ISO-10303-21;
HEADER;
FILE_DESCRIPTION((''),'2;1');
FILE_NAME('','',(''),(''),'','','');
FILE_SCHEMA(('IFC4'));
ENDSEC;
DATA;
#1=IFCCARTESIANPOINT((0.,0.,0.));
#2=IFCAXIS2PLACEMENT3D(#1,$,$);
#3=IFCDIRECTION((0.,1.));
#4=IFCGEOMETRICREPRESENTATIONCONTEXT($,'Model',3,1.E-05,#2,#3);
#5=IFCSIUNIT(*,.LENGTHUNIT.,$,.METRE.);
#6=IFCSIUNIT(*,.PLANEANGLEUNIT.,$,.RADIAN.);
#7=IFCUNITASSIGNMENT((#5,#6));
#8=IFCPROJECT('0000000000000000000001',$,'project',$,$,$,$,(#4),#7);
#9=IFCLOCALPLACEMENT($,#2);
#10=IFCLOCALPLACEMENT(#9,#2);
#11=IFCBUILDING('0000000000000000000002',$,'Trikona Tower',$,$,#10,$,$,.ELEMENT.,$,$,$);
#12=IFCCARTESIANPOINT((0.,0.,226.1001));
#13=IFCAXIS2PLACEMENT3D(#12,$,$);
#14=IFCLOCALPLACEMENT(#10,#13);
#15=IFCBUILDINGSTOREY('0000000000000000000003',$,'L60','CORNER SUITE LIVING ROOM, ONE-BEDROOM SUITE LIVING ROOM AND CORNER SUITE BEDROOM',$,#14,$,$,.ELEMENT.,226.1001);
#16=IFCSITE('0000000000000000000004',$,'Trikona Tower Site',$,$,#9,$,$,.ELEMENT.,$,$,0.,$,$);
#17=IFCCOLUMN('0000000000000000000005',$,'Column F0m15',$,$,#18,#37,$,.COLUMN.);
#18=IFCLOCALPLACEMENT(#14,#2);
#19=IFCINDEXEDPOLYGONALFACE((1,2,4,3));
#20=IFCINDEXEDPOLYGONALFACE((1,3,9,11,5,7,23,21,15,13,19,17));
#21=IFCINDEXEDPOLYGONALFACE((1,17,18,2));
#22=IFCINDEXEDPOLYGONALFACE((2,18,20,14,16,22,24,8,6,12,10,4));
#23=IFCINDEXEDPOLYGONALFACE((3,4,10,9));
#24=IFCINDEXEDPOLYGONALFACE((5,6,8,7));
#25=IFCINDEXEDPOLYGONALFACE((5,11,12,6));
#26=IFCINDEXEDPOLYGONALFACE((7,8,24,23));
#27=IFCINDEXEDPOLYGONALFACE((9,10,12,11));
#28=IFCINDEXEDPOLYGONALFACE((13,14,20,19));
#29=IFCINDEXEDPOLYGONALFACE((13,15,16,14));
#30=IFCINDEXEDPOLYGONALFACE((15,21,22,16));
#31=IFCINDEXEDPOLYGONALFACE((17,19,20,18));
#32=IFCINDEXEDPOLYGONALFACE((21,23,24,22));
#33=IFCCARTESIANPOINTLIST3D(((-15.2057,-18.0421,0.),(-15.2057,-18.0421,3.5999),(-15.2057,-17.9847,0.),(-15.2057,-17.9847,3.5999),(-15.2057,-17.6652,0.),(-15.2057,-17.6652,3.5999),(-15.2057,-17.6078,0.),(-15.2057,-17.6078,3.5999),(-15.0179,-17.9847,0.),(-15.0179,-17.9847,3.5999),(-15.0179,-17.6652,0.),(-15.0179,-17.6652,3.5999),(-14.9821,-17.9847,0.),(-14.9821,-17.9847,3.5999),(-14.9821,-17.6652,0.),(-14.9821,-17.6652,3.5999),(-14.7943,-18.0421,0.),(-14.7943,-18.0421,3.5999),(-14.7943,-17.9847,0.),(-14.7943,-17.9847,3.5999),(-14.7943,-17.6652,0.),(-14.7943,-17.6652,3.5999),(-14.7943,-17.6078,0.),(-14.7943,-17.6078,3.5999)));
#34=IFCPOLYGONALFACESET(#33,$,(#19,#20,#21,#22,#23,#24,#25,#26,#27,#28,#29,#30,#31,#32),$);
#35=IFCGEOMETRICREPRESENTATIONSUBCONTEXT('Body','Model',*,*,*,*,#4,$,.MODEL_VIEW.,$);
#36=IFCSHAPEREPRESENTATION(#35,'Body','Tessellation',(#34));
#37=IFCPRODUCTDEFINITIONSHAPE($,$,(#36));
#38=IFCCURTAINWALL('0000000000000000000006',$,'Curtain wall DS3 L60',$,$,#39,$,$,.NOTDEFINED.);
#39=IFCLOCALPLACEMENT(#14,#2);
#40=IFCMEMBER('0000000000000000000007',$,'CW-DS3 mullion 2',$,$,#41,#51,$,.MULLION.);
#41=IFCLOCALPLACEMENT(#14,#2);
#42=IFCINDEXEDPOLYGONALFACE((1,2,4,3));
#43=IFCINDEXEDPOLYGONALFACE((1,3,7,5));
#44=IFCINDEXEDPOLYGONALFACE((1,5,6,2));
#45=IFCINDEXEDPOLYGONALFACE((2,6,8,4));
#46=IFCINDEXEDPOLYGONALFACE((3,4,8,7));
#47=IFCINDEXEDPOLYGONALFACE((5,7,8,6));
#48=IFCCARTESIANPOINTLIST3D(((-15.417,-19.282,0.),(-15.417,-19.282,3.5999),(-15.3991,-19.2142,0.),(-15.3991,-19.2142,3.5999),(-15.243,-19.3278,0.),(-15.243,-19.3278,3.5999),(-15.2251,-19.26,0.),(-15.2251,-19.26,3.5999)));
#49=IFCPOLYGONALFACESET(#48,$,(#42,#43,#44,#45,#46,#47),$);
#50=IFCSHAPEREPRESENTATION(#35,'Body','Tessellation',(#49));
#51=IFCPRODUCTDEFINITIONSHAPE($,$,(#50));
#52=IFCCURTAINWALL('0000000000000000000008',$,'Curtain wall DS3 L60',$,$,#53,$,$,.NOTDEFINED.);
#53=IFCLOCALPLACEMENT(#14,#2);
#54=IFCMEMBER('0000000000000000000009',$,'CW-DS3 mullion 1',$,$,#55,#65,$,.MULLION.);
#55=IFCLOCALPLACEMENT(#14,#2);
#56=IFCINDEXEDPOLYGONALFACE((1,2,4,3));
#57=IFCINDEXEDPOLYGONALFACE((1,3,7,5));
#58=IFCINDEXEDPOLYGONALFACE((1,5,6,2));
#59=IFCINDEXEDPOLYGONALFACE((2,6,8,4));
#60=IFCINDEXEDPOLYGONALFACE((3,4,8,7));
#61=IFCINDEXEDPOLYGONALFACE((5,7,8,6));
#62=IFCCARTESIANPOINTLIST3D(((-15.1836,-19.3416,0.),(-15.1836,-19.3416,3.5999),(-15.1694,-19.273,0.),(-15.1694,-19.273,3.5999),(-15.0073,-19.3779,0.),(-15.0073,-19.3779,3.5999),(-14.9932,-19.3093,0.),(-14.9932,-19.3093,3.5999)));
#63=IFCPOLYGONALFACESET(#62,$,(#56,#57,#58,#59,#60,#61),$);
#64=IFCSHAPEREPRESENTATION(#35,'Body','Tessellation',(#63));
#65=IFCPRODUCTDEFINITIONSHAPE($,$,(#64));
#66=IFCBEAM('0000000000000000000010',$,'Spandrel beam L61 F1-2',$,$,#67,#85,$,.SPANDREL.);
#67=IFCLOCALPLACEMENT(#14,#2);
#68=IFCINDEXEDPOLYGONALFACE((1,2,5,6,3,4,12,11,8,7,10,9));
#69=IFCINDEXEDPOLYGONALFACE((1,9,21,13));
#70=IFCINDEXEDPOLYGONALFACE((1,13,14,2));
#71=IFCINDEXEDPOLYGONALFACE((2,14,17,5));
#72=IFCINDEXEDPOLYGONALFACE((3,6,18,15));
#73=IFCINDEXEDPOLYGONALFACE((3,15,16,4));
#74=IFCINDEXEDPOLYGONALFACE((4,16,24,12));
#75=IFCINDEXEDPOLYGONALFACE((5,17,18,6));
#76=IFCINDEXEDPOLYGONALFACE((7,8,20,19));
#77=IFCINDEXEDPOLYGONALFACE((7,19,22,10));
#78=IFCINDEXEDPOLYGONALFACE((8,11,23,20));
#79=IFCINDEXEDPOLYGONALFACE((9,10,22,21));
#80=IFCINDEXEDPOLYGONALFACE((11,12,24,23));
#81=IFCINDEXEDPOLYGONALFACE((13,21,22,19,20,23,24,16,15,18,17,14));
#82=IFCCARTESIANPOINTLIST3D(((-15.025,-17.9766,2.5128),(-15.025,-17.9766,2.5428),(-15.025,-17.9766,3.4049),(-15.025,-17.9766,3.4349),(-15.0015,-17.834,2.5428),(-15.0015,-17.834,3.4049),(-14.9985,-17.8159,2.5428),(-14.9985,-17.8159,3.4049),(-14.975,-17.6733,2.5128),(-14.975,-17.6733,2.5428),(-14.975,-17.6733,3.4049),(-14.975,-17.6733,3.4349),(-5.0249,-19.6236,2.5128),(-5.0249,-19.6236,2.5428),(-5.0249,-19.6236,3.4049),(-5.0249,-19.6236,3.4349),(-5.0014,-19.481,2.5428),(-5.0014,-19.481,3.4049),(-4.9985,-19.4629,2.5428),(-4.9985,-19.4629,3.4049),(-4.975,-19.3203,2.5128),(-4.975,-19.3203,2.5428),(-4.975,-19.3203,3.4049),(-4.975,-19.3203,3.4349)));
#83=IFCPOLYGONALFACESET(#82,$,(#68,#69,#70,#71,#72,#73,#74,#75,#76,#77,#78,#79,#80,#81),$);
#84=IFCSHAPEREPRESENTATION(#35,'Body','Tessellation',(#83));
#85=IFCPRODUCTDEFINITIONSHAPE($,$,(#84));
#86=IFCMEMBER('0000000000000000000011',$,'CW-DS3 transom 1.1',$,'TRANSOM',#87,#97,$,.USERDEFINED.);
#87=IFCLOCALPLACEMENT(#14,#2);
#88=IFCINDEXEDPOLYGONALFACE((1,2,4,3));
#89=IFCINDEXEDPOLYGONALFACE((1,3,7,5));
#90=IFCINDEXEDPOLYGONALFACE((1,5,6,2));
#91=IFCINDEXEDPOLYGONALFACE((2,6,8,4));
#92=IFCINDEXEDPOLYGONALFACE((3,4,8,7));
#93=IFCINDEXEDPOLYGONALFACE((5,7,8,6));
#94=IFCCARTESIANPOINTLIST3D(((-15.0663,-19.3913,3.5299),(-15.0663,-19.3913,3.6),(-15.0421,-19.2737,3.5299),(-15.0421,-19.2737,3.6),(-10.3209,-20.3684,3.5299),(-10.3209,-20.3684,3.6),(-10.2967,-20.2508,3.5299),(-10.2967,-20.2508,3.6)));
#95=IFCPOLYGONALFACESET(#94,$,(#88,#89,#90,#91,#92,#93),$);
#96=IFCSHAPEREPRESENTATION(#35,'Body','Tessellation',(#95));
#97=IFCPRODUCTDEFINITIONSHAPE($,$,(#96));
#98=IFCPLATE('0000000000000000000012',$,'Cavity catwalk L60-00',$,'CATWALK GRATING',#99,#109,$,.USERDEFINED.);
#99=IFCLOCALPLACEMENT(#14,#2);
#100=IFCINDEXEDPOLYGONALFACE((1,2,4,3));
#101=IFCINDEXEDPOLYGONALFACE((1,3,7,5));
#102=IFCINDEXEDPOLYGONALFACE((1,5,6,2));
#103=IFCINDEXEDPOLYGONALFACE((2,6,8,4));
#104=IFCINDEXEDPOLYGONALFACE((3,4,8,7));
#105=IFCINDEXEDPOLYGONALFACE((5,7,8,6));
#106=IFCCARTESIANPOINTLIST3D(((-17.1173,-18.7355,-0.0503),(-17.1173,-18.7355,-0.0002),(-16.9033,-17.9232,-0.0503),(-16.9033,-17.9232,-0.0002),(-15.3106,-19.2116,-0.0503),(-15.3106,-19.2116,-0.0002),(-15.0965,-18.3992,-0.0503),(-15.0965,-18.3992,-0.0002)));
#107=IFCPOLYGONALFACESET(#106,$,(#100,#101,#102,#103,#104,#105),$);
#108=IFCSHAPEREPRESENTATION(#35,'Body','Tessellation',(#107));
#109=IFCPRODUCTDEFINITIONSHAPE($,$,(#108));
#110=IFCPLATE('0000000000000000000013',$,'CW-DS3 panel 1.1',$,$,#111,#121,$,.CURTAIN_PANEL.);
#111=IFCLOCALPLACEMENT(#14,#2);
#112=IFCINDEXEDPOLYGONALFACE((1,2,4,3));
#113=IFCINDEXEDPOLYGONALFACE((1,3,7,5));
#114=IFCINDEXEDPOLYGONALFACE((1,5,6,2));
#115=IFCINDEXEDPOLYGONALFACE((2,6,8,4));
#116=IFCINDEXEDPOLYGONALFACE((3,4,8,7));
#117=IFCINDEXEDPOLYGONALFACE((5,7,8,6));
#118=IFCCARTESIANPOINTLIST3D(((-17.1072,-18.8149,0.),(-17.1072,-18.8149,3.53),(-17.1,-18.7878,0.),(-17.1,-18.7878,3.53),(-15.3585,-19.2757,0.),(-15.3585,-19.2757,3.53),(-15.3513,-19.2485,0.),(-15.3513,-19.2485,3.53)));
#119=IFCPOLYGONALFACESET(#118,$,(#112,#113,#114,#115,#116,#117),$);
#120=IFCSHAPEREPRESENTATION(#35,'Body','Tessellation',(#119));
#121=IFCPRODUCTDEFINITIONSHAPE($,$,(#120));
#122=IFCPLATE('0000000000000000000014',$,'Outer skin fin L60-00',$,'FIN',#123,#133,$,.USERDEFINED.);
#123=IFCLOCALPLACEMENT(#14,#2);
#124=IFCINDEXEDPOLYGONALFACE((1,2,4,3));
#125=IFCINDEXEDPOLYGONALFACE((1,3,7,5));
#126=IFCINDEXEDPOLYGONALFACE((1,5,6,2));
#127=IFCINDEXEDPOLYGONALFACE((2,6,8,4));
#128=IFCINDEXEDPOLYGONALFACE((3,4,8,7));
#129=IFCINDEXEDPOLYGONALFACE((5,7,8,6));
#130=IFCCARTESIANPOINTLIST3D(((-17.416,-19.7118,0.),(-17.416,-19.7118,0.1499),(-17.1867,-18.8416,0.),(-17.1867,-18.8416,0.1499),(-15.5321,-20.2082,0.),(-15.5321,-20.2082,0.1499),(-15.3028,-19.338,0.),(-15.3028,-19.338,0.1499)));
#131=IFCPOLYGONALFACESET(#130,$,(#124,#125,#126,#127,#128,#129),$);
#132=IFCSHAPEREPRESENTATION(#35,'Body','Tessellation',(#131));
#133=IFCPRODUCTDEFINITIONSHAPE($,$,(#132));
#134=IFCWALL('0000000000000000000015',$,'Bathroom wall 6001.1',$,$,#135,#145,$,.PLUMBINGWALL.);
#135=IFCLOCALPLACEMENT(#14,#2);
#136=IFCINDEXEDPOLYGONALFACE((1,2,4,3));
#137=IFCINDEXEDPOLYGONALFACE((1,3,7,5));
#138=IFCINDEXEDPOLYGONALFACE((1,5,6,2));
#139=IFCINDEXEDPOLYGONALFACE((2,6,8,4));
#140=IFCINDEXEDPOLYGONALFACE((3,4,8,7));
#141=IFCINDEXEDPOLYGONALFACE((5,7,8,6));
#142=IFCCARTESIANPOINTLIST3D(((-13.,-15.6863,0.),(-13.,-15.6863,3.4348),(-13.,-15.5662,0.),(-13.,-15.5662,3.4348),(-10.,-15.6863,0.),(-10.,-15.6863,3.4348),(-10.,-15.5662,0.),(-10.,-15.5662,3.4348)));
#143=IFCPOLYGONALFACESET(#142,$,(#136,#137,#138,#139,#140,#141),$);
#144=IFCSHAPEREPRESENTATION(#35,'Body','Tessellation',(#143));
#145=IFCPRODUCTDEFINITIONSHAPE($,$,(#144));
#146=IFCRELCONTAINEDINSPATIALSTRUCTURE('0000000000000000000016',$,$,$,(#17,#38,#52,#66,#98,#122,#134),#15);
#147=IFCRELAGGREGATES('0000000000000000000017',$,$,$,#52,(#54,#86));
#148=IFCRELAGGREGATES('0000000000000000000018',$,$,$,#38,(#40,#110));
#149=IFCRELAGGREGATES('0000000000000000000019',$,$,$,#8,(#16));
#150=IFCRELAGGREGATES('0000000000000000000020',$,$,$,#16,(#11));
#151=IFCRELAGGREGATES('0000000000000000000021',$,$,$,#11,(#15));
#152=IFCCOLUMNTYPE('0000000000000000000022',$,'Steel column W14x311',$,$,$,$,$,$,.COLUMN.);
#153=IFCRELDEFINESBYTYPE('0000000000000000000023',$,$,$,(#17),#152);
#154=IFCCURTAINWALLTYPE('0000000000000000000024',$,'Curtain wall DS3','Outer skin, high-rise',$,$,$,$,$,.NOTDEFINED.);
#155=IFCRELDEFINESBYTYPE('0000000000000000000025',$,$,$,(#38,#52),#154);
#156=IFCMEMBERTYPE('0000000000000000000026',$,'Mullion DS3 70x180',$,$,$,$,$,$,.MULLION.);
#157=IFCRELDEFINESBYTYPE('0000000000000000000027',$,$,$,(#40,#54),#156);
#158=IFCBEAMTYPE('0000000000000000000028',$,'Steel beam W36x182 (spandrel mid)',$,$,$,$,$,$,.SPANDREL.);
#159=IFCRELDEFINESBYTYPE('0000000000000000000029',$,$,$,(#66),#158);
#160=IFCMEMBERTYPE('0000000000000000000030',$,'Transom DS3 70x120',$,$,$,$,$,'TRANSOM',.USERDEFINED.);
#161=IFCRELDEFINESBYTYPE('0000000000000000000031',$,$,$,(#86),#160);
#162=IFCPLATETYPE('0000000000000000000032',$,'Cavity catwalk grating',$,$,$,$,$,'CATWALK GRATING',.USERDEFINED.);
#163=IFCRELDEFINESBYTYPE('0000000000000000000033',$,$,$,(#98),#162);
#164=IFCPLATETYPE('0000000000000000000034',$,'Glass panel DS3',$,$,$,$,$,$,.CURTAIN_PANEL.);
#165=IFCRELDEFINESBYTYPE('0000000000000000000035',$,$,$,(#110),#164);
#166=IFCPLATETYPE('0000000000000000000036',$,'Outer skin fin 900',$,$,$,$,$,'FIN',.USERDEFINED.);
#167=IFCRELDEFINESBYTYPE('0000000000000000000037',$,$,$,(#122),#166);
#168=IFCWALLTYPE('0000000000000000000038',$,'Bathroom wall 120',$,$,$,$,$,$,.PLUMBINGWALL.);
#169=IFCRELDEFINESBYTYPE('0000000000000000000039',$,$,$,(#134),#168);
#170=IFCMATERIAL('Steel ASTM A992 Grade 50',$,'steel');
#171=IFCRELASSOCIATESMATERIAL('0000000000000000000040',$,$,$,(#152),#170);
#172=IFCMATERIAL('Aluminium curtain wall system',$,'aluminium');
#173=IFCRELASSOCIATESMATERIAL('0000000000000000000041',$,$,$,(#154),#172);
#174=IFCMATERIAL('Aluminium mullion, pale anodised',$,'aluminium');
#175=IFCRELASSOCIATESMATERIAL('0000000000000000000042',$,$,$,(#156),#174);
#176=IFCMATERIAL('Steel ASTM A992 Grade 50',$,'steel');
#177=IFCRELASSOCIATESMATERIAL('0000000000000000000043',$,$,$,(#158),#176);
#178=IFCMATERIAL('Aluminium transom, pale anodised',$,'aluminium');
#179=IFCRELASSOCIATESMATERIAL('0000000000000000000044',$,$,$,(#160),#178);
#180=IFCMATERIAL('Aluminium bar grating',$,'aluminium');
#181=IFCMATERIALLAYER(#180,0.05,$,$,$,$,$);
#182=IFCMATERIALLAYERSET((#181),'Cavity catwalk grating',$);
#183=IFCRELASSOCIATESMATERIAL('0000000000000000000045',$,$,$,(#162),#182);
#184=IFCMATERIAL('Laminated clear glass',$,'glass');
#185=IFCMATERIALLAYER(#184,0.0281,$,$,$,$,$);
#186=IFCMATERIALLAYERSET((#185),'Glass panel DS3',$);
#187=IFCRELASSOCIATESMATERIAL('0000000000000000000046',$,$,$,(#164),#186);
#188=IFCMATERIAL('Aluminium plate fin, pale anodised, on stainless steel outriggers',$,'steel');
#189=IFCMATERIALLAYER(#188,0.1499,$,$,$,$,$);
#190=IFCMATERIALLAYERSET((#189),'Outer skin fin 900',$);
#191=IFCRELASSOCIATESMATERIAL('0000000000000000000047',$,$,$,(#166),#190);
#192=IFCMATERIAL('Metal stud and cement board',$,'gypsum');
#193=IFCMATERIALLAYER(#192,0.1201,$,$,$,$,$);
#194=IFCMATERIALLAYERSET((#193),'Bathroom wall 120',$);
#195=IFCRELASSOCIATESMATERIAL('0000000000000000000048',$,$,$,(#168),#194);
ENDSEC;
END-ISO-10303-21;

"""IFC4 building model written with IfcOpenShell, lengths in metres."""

from ifc_helpers import new_model, si_unit, direction, frame, frame_2d, origin, origin_2d, place, context, subcontext, project, spatial, rectangle, i_section, extrude, material, layer, layer_set, material_profile, profile_set, type_object, element, aggregate, save


model = new_model("IFC4")

# Units and contexts
model_context = context("Model", 3, precision=1e-05, world=origin(), true_north=direction((0.0, 1.0)))
body_context = subcontext(model_context, "Body", "Model", "MODEL_VIEW")
ifc_project = project(units=[si_unit("LENGTHUNIT", "METRE"), si_unit("PLANEANGLEUNIT", "RADIAN")], contexts=[model_context])

# Site, building, storey
site_placement = place(None, origin())
site = spatial("IfcSite", under=ifc_project, at=site_placement, Name="Trikona Tower Site", CompositionType="ELEMENT", RefElevation=0.0)
building_placement = place(site_placement, origin())
building = spatial("IfcBuilding", under=site, at=building_placement, Name="Trikona Tower", CompositionType="ELEMENT")
storey_placement = place(building_placement, frame((0.0, 0.0, 226.1001)))
storey = spatial("IfcBuildingStorey", under=building, at=storey_placement, Name="L60", Description="CORNER SUITE LIVING ROOM, ONE-BEDROOM SUITE LIVING ROOM AND CORNER SUITE BEDROOM", CompositionType="ELEMENT", Elevation=226.1001)

# Column
ifc_material_1 = material(Name="Steel ASTM A992 Grade 50", Category="steel")
ifc_material_profile_1 = material_profile(ifc_material_1, i_section(OverallWidth=0.4114, OverallDepth=0.4343, WebThickness=0.0359, FlangeThickness=0.0574, at=origin_2d()), Name="W14X311")
ifc_profile_set_1 = profile_set([ifc_material_profile_1], Name="Steel ASTM A992 Grade 50")
column_type = type_object("IfcColumnType", Name="Steel column W14x311", PredefinedType="COLUMN", material=ifc_profile_set_1)
column_placement = place(storey_placement, frame((-15.0, -17.825, 0.0), z_axis=(0.0, 0.0, 1.0), x_axis=(1.0, 0.0, 0.0)))
element("IfcColumn", 1, at=column_placement, inside=storey, type_object=column_type, Name="Column F0m15", PredefinedType="COLUMN", context=body_context, shape_type="SweptSolid", body=[
    extrude(i_section(OverallWidth=0.4114, OverallDepth=0.4343, WebThickness=0.0359, FlangeThickness=0.0574, at=origin_2d()), origin(), (0.0, 0.0, 1.0), 3.5999),
])

# Curtain walls, members
ifc_material_2 = material(Name="Aluminium curtain wall system", Category="aluminium")
curtain_wall_type = type_object("IfcCurtainWallType", Name="Curtain wall DS3", Description="Outer skin, high-rise", PredefinedType="NOTDEFINED", material=ifc_material_2)
curtain_wall_1_placement = place(storey_placement, origin())
curtain_wall_1 = element("IfcCurtainWall", 2, at=curtain_wall_1_placement, inside=storey, type_object=curtain_wall_type, Name="Curtain wall DS3 L60", PredefinedType="NOTDEFINED")
ifc_material_3 = material(Name="Aluminium mullion, pale anodised", Category="aluminium")
ifc_material_profile_2 = material_profile(ifc_material_3, rectangle(XDim=0.0701, YDim=0.1799, at=origin_2d()), Name="MUL-DS3")
ifc_profile_set_2 = profile_set([ifc_material_profile_2], Name="Aluminium mullion, pale anodised")
member_type_1 = type_object("IfcMemberType", Name="Mullion DS3 70x180", PredefinedType="MULLION", material=ifc_profile_set_2)
member_1_placement = place(storey_placement, frame((-15.321, -19.271, 0.0), z_axis=(0.0, 0.0, 1.0), x_axis=(0.254786, 0.966997, 0.0)))
member_1 = element("IfcMember", 3, at=member_1_placement, type_object=member_type_1, Name="CW-DS3 mullion 2", PredefinedType="MULLION", context=body_context, shape_type="SweptSolid", body=[
    extrude(rectangle(XDim=0.0701, YDim=0.1799, at=origin_2d()), origin(), (0.0, 0.0, 1.0), 3.5999),
])
curtain_wall_2_placement = place(storey_placement, origin())
curtain_wall_2 = element("IfcCurtainWall", 4, at=curtain_wall_2_placement, inside=storey, type_object=curtain_wall_type, Name="Curtain wall DS3 L60", PredefinedType="NOTDEFINED")
member_2_placement = place(storey_placement, frame((-15.0884, -19.3254, 0.0), z_axis=(0.0, 0.0, 1.0), x_axis=(0.201653, 0.979457, 0.0)))
member_2 = element("IfcMember", 5, at=member_2_placement, type_object=member_type_1, Name="CW-DS3 mullion 1", PredefinedType="MULLION", context=body_context, shape_type="SweptSolid", body=[
    extrude(rectangle(XDim=0.0701, YDim=0.1799, at=origin_2d()), origin(), (0.0, 0.0, 1.0), 3.5999),
])

# Beam
ifc_material_4 = material(Name="Steel ASTM A992 Grade 50", Category="steel")
ifc_material_profile_3 = material_profile(ifc_material_4, i_section(OverallWidth=0.3074, OverallDepth=0.9221, WebThickness=0.0183, FlangeThickness=0.03, at=origin_2d()), Name="W36X182")
ifc_profile_set_3 = profile_set([ifc_material_profile_3], Name="Steel ASTM A992 Grade 50")
beam_type = type_object("IfcBeamType", Name="Steel beam W36x182 (spandrel mid)", PredefinedType="SPANDREL", material=ifc_profile_set_3)
beam_placement = place(storey_placement, frame((-15.0, -17.825, 2.9739), z_axis=(0.986707, -0.162508, 0.0), x_axis=(0.162508, 0.986707, 0.0)))
element("IfcBeam", 6, at=beam_placement, inside=storey, type_object=beam_type, Name="Spandrel beam L61 F1-2", PredefinedType="SPANDREL", context=body_context, shape_type="SweptSolid", body=[
    extrude(i_section(OverallWidth=0.3074, OverallDepth=0.9221, WebThickness=0.0183, FlangeThickness=0.03, at=origin_2d()), origin(), (0.0, 0.0, 1.0), 10.1348),
])

# Member
ifc_material_5 = material(Name="Aluminium transom, pale anodised", Category="aluminium")
ifc_material_profile_4 = material_profile(ifc_material_5, rectangle(XDim=0.1201, YDim=0.0701, at=origin_2d()), Name="TRN-DS3")
ifc_profile_set_4 = profile_set([ifc_material_profile_4], Name="Aluminium transom, pale anodised")
member_type_2 = type_object("IfcMemberType", Name="Transom DS3 70x120", ElementType="TRANSOM", PredefinedType="USERDEFINED", material=ifc_profile_set_4)
member_3_placement = place(storey_placement, frame((-15.0542, -19.3325, 3.5649), z_axis=(0.979454, -0.201666, 0.0), x_axis=(0.201666, 0.979454, 0.0)))
member_3 = element("IfcMember", 7, at=member_3_placement, type_object=member_type_2, Name="CW-DS3 transom 1.1", ObjectType="TRANSOM", PredefinedType="USERDEFINED", context=body_context, shape_type="SweptSolid", body=[
    extrude(rectangle(XDim=0.1201, YDim=0.0701, at=origin_2d()), origin(), (0.0, 0.0, 1.0), 4.845),
])
aggregate(curtain_wall_2, [member_2, member_3])

# Plates
ifc_material_6 = material(Name="Aluminium bar grating", Category="aluminium")
ifc_layer_1 = layer(ifc_material_6, 0.05)
ifc_layer_set_1 = layer_set([ifc_layer_1], Name="Cavity catwalk grating")
plate_type_1 = type_object("IfcPlateType", Name="Cavity catwalk grating", ElementType="CATWALK GRATING", PredefinedType="USERDEFINED", material=ifc_layer_set_1)
plate_1_placement = place(storey_placement, frame((-16.1069, -18.5674, -0.0503), z_axis=(0.0, 0.0, 1.0), x_axis=(0.966993, -0.254803, 0.0)))
element("IfcPlate", 8, at=plate_1_placement, inside=storey, type_object=plate_type_1, Name="Cavity catwalk L60-00", ObjectType="CATWALK GRATING", PredefinedType="USERDEFINED", context=body_context, shape_type="SweptSolid", body=[
    extrude(rectangle(XDim=1.8684, YDim=0.8401, at=origin_2d()), origin(), (0.0, 0.0, 1.0), 0.05),
])
ifc_material_7 = material(Name="Laminated clear glass", Category="glass")
ifc_layer_2 = layer(ifc_material_7, 0.0281)
ifc_layer_set_2 = layer_set([ifc_layer_2], Name="Glass panel DS3")
plate_type_2 = type_object("IfcPlateType", Name="Glass panel DS3", PredefinedType="CURTAIN_PANEL", material=ifc_layer_set_2)
plate_2_placement = place(storey_placement, frame((-16.2292, -19.0317, 0.0), z_axis=(0.0, 0.0, 1.0), x_axis=(0.966997, -0.254786, 0.0)))
plate_2 = element("IfcPlate", 9, at=plate_2_placement, type_object=plate_type_2, Name="CW-DS3 panel 1.1", PredefinedType="CURTAIN_PANEL", context=body_context, shape_type="SweptSolid", body=[
    extrude(rectangle(XDim=1.8083, YDim=0.0281, at=origin_2d()), origin(), (0.0, 0.0, 1.0), 3.53),
])
aggregate(curtain_wall_1, [member_1, plate_2])
ifc_material_8 = material(Name="Aluminium plate fin, pale anodised, on stainless steel outriggers", Category="steel")
ifc_layer_3 = layer(ifc_material_8, 0.1499)
ifc_layer_set_3 = layer_set([ifc_layer_3], Name="Outer skin fin 900")
plate_type_3 = type_object("IfcPlateType", Name="Outer skin fin 900", ElementType="FIN", PredefinedType="USERDEFINED", material=ifc_layer_set_3)
plate_3_placement = place(storey_placement, frame((-16.3594, -19.5249, 0.0), z_axis=(0.0, 0.0, 1.0), x_axis=(0.966993, -0.254803, 0.0)))
element("IfcPlate", 10, at=plate_3_placement, inside=storey, type_object=plate_type_3, Name="Outer skin fin L60-00", ObjectType="FIN", PredefinedType="USERDEFINED", context=body_context, shape_type="SweptSolid", body=[
    extrude(rectangle(XDim=1.9482, YDim=0.8999, at=origin_2d()), origin(), (0.0, 0.0, 1.0), 0.1499),
])

# Wall
ifc_material_9 = material(Name="Metal stud and cement board", Category="gypsum")
ifc_layer_4 = layer(ifc_material_9, 0.1201)
ifc_layer_set_4 = layer_set([ifc_layer_4], Name="Bathroom wall 120")
wall_type_1 = type_object("IfcWallType", Name="Bathroom wall 120", PredefinedType="PLUMBINGWALL", material=ifc_layer_set_4)
wall_1_placement = place(storey_placement, frame((-13.0, -15.6262, 0.0), z_axis=(0.0, 0.0, 1.0), x_axis=(1.0, 0.0, 0.0)))
element("IfcWall", 11, at=wall_1_placement, inside=storey, type_object=wall_type_1, Name="Bathroom wall 6001.1", PredefinedType="PLUMBINGWALL", context=body_context, shape_type="SweptSolid", body=[
    extrude(rectangle(XDim=3.0, YDim=0.1201, at=frame_2d((1.5, 0.0))), origin(), (0.0, 0.0, 1.0), 3.4348),
])

save(model, "model.ifc")
